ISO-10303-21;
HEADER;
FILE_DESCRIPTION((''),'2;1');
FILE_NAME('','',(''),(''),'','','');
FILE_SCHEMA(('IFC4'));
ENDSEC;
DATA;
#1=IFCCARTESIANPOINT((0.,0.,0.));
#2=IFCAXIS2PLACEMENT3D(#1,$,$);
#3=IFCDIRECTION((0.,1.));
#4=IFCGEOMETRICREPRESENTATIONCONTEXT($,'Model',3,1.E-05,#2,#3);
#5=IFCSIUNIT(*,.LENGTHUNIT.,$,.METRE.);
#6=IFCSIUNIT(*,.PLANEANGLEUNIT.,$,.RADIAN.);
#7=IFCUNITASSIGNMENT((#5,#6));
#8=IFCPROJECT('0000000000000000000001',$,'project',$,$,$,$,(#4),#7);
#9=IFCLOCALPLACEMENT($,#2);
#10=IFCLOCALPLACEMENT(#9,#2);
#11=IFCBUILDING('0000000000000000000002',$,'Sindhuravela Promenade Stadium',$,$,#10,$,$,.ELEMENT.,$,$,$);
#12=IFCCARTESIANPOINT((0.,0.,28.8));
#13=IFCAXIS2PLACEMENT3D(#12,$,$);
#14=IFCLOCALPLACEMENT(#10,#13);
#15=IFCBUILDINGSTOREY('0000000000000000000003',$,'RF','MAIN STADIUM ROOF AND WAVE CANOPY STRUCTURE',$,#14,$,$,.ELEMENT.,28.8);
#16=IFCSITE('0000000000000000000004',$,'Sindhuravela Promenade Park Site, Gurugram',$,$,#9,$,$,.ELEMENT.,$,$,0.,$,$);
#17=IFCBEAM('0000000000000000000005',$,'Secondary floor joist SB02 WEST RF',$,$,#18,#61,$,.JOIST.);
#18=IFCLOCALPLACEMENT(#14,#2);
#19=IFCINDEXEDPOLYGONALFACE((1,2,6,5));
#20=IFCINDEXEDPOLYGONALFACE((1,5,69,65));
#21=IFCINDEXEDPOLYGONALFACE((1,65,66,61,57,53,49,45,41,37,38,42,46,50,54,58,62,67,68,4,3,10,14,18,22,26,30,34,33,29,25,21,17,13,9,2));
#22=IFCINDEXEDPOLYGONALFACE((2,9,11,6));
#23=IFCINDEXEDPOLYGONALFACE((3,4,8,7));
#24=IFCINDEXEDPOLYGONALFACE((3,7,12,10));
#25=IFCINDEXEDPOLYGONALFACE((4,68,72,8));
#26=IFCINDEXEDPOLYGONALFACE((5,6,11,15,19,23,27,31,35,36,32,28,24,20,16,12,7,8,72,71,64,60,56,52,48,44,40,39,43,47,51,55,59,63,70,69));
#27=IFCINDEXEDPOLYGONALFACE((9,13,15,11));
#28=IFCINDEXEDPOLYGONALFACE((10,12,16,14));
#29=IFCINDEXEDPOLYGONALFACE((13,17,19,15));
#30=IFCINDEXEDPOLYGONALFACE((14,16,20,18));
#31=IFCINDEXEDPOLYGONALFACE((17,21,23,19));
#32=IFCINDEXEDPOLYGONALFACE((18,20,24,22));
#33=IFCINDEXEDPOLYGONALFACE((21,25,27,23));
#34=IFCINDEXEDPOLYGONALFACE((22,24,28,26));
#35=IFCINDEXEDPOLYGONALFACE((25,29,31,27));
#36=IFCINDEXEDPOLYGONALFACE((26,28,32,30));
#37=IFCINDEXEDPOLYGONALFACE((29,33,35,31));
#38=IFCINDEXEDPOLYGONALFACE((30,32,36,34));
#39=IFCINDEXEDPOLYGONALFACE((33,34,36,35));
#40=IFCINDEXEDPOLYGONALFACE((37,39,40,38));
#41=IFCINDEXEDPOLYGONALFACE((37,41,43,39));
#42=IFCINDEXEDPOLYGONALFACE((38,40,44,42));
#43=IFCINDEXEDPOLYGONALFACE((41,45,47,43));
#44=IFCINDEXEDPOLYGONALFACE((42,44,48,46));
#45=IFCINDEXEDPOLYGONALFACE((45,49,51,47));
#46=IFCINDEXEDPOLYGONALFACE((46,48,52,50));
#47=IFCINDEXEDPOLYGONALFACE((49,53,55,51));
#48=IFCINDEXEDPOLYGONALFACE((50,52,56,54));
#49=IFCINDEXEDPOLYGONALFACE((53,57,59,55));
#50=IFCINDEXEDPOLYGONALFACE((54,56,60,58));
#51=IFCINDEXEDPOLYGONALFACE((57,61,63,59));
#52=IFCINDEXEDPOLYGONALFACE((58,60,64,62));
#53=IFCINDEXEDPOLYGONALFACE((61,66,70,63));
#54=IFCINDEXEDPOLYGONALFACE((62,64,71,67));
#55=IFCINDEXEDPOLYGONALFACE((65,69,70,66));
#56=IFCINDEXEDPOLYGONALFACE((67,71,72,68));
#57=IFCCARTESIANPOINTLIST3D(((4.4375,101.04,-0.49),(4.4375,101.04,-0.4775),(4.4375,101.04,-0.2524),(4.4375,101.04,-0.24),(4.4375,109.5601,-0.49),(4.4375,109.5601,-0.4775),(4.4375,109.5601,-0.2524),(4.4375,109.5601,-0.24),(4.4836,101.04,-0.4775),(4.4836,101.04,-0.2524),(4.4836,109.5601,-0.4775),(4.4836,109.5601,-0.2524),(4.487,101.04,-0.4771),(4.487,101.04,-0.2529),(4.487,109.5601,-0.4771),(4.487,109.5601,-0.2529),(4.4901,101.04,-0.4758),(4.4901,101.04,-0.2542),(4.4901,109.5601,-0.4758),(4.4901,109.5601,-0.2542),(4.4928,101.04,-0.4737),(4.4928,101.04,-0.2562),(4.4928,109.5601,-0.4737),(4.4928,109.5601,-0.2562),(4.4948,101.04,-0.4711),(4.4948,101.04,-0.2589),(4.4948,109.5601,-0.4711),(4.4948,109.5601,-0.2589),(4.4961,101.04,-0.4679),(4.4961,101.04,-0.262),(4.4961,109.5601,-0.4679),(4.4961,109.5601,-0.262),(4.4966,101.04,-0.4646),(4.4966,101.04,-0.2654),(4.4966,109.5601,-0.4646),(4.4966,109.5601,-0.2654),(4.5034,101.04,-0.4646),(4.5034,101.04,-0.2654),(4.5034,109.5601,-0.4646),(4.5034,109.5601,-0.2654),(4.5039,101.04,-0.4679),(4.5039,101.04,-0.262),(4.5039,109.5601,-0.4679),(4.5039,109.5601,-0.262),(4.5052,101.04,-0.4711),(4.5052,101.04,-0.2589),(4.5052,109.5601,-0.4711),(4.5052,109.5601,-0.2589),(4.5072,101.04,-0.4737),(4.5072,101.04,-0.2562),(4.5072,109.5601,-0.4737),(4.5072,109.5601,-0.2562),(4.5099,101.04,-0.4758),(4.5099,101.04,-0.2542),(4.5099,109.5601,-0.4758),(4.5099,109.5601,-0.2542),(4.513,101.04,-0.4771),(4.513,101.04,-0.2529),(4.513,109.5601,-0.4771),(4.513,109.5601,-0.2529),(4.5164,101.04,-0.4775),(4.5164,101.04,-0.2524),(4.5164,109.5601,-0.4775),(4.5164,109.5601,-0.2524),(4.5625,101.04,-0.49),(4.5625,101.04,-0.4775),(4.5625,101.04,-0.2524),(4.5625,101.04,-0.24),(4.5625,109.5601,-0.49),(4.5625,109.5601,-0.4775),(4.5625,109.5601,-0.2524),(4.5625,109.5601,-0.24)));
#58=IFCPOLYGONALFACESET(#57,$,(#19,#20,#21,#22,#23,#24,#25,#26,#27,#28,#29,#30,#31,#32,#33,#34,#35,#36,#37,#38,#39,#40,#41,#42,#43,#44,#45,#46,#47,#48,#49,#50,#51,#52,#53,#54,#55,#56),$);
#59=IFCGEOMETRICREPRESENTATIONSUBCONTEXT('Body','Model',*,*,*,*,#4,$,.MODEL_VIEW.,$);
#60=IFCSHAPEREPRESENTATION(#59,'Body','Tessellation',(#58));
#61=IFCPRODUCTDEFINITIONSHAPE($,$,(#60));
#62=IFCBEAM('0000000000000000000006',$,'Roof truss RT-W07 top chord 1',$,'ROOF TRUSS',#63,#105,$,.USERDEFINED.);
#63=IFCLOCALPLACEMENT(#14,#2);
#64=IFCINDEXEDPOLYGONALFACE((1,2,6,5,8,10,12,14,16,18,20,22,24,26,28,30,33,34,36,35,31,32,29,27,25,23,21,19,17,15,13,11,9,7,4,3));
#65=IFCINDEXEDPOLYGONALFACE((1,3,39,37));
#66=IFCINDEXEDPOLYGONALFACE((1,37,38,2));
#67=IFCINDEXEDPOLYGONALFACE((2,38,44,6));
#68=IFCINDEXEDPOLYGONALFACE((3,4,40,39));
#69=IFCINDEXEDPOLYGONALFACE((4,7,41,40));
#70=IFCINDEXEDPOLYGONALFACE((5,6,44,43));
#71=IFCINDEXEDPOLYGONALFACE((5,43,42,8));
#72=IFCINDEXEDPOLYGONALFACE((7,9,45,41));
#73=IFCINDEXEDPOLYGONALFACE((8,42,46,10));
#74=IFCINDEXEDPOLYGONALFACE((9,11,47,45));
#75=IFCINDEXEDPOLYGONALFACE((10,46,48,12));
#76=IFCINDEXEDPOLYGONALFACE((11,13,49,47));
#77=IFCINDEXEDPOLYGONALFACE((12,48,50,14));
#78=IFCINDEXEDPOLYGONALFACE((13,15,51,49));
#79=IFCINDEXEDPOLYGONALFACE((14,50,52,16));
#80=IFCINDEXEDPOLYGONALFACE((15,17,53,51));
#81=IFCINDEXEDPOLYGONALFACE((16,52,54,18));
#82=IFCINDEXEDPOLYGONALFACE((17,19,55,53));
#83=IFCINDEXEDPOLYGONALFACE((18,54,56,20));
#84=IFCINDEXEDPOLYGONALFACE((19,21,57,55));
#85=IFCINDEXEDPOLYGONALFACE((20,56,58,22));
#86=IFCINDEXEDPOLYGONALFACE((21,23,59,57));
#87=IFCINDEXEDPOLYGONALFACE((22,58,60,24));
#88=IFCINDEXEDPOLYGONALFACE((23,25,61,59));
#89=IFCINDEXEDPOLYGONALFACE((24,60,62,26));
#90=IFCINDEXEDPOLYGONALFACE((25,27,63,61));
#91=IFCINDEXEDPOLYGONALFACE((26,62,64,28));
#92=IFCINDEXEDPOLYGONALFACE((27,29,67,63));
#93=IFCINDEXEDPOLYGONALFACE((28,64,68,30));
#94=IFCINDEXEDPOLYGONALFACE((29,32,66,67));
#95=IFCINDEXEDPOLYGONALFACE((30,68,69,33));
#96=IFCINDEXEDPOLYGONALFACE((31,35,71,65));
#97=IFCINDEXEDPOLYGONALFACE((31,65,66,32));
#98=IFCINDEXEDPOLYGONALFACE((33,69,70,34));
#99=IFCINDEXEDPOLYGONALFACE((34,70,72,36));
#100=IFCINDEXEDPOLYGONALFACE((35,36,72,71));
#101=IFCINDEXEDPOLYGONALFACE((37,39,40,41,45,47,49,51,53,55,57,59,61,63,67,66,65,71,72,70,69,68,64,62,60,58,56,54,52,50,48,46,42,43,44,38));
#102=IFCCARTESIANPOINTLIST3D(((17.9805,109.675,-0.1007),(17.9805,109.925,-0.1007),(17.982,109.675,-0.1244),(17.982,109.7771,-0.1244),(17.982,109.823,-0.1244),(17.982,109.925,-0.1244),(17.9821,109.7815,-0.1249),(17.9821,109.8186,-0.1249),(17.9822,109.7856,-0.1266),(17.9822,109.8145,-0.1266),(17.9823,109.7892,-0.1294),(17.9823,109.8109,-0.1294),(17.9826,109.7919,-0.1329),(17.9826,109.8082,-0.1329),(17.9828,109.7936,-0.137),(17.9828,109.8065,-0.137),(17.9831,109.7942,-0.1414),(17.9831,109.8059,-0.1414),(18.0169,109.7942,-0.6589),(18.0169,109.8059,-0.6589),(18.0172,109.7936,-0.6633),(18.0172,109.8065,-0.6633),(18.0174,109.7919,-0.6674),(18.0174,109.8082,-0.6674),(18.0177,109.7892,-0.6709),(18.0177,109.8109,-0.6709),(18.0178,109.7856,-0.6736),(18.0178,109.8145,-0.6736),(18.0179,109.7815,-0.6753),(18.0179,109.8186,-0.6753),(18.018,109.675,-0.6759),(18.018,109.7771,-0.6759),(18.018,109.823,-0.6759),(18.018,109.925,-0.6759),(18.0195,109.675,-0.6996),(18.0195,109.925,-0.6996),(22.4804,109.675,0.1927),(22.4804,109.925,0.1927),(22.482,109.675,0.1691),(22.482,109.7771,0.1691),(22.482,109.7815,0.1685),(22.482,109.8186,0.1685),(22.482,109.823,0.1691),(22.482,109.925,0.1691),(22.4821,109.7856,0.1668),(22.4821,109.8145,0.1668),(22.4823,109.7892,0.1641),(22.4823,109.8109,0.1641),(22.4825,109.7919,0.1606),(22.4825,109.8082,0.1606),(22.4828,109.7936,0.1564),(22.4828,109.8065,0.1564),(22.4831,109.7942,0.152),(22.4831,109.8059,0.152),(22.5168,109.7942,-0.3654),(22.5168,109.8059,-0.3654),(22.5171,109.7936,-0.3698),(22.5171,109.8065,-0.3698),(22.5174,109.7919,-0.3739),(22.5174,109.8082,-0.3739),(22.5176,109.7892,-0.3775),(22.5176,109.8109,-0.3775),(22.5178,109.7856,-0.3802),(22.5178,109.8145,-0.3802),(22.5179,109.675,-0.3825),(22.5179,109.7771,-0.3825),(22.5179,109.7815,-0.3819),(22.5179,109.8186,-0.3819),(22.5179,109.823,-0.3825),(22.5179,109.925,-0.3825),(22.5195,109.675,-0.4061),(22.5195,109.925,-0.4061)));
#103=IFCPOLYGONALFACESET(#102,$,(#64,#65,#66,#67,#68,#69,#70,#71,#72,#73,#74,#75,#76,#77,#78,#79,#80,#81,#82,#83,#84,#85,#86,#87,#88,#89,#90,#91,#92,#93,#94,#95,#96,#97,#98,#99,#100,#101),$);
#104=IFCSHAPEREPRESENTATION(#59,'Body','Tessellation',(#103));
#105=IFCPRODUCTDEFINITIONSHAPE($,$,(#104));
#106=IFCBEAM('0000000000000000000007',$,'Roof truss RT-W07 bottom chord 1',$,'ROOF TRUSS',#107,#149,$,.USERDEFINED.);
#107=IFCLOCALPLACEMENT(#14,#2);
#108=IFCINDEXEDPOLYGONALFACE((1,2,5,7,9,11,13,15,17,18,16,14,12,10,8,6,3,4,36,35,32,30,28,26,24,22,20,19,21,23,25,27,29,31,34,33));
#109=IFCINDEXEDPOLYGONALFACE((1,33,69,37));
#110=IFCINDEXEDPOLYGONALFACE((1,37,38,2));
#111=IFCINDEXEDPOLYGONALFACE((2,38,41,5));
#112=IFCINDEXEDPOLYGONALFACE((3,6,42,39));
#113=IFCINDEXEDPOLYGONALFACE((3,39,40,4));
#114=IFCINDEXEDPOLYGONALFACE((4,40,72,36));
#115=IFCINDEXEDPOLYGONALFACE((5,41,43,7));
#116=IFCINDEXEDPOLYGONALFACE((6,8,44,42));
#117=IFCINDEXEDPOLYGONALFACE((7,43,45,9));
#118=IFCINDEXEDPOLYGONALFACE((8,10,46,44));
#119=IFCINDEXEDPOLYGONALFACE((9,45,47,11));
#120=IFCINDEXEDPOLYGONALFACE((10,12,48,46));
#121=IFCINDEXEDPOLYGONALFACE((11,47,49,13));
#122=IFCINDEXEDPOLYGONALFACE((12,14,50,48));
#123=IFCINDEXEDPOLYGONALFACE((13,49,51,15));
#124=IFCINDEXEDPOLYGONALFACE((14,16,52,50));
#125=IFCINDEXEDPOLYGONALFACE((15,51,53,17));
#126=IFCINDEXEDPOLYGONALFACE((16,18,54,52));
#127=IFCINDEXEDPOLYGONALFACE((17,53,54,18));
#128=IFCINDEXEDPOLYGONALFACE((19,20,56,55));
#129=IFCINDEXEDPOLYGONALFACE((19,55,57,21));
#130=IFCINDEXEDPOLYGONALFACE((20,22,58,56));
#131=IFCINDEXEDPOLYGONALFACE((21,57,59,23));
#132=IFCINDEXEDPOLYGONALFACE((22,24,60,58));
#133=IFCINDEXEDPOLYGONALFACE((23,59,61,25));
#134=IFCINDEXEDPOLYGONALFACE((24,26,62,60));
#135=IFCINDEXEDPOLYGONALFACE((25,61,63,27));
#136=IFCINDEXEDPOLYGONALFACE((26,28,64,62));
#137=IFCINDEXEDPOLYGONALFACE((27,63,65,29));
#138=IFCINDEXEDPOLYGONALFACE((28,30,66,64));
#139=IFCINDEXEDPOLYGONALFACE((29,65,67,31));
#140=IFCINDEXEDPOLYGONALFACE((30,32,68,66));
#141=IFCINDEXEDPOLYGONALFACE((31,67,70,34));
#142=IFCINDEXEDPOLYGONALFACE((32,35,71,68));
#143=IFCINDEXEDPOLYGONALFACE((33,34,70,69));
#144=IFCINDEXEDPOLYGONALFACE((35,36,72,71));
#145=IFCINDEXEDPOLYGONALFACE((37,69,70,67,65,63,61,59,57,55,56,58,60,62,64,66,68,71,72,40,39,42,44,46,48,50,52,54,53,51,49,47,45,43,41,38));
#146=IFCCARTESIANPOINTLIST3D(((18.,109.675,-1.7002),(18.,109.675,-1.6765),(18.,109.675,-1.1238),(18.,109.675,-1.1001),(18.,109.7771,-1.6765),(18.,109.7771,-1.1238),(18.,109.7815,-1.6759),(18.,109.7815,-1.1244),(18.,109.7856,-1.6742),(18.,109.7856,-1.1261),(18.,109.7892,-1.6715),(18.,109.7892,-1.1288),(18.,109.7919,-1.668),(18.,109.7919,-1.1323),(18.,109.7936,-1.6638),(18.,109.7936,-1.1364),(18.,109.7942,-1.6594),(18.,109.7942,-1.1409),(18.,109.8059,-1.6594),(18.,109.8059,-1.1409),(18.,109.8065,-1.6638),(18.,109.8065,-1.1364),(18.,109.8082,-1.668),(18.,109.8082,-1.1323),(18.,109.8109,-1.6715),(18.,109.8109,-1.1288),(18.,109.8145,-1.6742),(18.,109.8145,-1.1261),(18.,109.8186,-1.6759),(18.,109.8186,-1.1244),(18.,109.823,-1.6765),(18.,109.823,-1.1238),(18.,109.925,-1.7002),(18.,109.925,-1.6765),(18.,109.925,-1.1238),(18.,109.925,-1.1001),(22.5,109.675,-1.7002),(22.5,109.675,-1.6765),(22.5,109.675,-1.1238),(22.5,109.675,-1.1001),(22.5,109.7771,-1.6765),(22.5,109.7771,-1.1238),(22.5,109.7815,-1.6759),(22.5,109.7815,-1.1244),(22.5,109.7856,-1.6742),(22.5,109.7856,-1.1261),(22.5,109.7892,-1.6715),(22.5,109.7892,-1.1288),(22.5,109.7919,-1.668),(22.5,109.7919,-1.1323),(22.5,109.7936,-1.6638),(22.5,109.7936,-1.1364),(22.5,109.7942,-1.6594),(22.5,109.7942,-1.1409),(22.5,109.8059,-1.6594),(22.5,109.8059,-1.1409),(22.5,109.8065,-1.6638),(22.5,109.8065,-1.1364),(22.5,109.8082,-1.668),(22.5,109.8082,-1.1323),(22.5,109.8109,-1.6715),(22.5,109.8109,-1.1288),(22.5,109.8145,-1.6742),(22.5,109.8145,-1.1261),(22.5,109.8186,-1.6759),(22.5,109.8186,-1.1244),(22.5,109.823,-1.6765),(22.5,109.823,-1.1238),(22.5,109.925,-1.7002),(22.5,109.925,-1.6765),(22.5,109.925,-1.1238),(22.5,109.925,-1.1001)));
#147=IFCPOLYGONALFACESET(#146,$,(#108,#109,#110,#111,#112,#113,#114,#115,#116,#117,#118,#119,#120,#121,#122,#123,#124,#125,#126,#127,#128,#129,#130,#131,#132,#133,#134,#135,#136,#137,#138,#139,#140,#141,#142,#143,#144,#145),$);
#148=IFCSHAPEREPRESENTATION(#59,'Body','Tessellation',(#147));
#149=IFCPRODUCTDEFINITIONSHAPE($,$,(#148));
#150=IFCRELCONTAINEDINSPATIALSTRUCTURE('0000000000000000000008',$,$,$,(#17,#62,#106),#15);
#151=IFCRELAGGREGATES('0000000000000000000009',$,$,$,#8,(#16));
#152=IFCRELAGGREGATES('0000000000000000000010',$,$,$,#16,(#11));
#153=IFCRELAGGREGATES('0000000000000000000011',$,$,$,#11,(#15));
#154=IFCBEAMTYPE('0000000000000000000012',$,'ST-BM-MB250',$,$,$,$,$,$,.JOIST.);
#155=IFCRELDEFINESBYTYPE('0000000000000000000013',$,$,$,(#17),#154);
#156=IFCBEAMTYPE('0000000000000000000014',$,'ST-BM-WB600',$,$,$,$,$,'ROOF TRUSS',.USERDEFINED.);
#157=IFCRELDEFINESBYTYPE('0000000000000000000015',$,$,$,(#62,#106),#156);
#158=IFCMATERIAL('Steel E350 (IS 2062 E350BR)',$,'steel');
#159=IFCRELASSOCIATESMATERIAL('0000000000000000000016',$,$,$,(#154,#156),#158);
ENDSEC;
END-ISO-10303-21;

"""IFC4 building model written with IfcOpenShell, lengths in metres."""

from ifc_helpers import new_model, si_unit, direction, frame, origin, origin_2d, place, context, subcontext, project, spatial, i_section, extrude, material, material_profile, profile_set, type_object, element, save


model = new_model("IFC4")

# Units and contexts
model_context = context("Model", 3, precision=1e-05, world=origin(), true_north=direction((0.0, 1.0)))
body_context = subcontext(model_context, "Body", "Model", "MODEL_VIEW")
ifc_project = project(units=[si_unit("LENGTHUNIT", "METRE"), si_unit("PLANEANGLEUNIT", "RADIAN")], contexts=[model_context])

# Site, building, storey
site_placement = place(None, origin())
site = spatial("IfcSite", under=ifc_project, at=site_placement, Name="Sindhuravela Promenade Park Site, Gurugram", CompositionType="ELEMENT", RefElevation=0.0)
building_placement = place(site_placement, origin())
building = spatial("IfcBuilding", under=site, at=building_placement, Name="Sindhuravela Promenade Stadium", CompositionType="ELEMENT")
storey_placement = place(building_placement, frame((0.0, 0.0, 28.8)))
storey = spatial("IfcBuildingStorey", under=building, at=storey_placement, Name="RF", Description="MAIN STADIUM ROOF AND WAVE CANOPY STRUCTURE", CompositionType="ELEMENT", Elevation=28.8)

# Beams
ifc_material_1 = material(Name="Steel E350 (IS 2062 E350BR)", Category="steel")
ifc_material_profile_1 = material_profile(ifc_material_1, i_section(OverallWidth=0.125, OverallDepth=0.25, WebThickness=0.0068, FlangeThickness=0.0125, FilletRadius=0.0129, at=origin_2d()), Name="ISMB 250")
ifc_profile_set_1 = profile_set([ifc_material_profile_1], Name="Steel E350 (IS 2062 E350BR)")
beam_type_1 = type_object("IfcBeamType", Name="ST-BM-MB250", PredefinedType="JOIST", material=ifc_profile_set_1)
beam_1_placement = place(storey_placement, frame((4.5, 101.04, -0.365), z_axis=(0.0, 1.0, 0.0), x_axis=(-1.0, 0.0, 0.0)))
element("IfcBeam", 1, at=beam_1_placement, inside=storey, type_object=beam_type_1, Name="Secondary floor joist SB02 WEST RF", PredefinedType="JOIST", context=body_context, shape_type="SweptSolid", body=[
    extrude(i_section(OverallWidth=0.125, OverallDepth=0.25, WebThickness=0.0068, FlangeThickness=0.0125, FilletRadius=0.0129, at=origin_2d()), origin(), (0.0, 0.0, 1.0), 8.52),
])
ifc_material_profile_2 = material_profile(ifc_material_1, i_section(OverallWidth=0.25, OverallDepth=0.6001, WebThickness=0.0117, FlangeThickness=0.0237, FilletRadius=0.0171, at=origin_2d()), Name="ISWB 600")
ifc_profile_set_2 = profile_set([ifc_material_profile_2], Name="Steel E350 (IS 2062 E350BR)")
beam_type_2 = type_object("IfcBeamType", Name="ST-BM-WB600", ElementType="ROOF TRUSS", PredefinedType="USERDEFINED", material=ifc_profile_set_2)
beam_2_placement = place(storey_placement, frame((18.0, 109.8, -0.4001), z_axis=(0.99788, 0.0, 0.065074), x_axis=(0.0, 1.0, 0.0)))
element("IfcBeam", 2, at=beam_2_placement, inside=storey, type_object=beam_type_2, Name="Roof truss RT-W07 top chord 1", ObjectType="ROOF TRUSS", PredefinedType="USERDEFINED", context=body_context, shape_type="SweptSolid", body=[
    extrude(i_section(OverallWidth=0.25, OverallDepth=0.6001, WebThickness=0.0117, FlangeThickness=0.0237, FilletRadius=0.0171, at=origin_2d()), origin(), (0.0, 0.0, 1.0), 4.5095),
])
beam_3_placement = place(storey_placement, frame((18.0, 109.8, -1.4001), z_axis=(1.0, 0.0, 0.0), x_axis=(0.0, 1.0, 0.0)))
element("IfcBeam", 3, at=beam_3_placement, inside=storey, type_object=beam_type_2, Name="Roof truss RT-W07 bottom chord 1", ObjectType="ROOF TRUSS", PredefinedType="USERDEFINED", context=body_context, shape_type="SweptSolid", body=[
    extrude(i_section(OverallWidth=0.25, OverallDepth=0.6001, WebThickness=0.0117, FlangeThickness=0.0237, FilletRadius=0.0171, at=origin_2d()), origin(), (0.0, 0.0, 1.0), 4.5),
])

save(model, "model.ifc")
